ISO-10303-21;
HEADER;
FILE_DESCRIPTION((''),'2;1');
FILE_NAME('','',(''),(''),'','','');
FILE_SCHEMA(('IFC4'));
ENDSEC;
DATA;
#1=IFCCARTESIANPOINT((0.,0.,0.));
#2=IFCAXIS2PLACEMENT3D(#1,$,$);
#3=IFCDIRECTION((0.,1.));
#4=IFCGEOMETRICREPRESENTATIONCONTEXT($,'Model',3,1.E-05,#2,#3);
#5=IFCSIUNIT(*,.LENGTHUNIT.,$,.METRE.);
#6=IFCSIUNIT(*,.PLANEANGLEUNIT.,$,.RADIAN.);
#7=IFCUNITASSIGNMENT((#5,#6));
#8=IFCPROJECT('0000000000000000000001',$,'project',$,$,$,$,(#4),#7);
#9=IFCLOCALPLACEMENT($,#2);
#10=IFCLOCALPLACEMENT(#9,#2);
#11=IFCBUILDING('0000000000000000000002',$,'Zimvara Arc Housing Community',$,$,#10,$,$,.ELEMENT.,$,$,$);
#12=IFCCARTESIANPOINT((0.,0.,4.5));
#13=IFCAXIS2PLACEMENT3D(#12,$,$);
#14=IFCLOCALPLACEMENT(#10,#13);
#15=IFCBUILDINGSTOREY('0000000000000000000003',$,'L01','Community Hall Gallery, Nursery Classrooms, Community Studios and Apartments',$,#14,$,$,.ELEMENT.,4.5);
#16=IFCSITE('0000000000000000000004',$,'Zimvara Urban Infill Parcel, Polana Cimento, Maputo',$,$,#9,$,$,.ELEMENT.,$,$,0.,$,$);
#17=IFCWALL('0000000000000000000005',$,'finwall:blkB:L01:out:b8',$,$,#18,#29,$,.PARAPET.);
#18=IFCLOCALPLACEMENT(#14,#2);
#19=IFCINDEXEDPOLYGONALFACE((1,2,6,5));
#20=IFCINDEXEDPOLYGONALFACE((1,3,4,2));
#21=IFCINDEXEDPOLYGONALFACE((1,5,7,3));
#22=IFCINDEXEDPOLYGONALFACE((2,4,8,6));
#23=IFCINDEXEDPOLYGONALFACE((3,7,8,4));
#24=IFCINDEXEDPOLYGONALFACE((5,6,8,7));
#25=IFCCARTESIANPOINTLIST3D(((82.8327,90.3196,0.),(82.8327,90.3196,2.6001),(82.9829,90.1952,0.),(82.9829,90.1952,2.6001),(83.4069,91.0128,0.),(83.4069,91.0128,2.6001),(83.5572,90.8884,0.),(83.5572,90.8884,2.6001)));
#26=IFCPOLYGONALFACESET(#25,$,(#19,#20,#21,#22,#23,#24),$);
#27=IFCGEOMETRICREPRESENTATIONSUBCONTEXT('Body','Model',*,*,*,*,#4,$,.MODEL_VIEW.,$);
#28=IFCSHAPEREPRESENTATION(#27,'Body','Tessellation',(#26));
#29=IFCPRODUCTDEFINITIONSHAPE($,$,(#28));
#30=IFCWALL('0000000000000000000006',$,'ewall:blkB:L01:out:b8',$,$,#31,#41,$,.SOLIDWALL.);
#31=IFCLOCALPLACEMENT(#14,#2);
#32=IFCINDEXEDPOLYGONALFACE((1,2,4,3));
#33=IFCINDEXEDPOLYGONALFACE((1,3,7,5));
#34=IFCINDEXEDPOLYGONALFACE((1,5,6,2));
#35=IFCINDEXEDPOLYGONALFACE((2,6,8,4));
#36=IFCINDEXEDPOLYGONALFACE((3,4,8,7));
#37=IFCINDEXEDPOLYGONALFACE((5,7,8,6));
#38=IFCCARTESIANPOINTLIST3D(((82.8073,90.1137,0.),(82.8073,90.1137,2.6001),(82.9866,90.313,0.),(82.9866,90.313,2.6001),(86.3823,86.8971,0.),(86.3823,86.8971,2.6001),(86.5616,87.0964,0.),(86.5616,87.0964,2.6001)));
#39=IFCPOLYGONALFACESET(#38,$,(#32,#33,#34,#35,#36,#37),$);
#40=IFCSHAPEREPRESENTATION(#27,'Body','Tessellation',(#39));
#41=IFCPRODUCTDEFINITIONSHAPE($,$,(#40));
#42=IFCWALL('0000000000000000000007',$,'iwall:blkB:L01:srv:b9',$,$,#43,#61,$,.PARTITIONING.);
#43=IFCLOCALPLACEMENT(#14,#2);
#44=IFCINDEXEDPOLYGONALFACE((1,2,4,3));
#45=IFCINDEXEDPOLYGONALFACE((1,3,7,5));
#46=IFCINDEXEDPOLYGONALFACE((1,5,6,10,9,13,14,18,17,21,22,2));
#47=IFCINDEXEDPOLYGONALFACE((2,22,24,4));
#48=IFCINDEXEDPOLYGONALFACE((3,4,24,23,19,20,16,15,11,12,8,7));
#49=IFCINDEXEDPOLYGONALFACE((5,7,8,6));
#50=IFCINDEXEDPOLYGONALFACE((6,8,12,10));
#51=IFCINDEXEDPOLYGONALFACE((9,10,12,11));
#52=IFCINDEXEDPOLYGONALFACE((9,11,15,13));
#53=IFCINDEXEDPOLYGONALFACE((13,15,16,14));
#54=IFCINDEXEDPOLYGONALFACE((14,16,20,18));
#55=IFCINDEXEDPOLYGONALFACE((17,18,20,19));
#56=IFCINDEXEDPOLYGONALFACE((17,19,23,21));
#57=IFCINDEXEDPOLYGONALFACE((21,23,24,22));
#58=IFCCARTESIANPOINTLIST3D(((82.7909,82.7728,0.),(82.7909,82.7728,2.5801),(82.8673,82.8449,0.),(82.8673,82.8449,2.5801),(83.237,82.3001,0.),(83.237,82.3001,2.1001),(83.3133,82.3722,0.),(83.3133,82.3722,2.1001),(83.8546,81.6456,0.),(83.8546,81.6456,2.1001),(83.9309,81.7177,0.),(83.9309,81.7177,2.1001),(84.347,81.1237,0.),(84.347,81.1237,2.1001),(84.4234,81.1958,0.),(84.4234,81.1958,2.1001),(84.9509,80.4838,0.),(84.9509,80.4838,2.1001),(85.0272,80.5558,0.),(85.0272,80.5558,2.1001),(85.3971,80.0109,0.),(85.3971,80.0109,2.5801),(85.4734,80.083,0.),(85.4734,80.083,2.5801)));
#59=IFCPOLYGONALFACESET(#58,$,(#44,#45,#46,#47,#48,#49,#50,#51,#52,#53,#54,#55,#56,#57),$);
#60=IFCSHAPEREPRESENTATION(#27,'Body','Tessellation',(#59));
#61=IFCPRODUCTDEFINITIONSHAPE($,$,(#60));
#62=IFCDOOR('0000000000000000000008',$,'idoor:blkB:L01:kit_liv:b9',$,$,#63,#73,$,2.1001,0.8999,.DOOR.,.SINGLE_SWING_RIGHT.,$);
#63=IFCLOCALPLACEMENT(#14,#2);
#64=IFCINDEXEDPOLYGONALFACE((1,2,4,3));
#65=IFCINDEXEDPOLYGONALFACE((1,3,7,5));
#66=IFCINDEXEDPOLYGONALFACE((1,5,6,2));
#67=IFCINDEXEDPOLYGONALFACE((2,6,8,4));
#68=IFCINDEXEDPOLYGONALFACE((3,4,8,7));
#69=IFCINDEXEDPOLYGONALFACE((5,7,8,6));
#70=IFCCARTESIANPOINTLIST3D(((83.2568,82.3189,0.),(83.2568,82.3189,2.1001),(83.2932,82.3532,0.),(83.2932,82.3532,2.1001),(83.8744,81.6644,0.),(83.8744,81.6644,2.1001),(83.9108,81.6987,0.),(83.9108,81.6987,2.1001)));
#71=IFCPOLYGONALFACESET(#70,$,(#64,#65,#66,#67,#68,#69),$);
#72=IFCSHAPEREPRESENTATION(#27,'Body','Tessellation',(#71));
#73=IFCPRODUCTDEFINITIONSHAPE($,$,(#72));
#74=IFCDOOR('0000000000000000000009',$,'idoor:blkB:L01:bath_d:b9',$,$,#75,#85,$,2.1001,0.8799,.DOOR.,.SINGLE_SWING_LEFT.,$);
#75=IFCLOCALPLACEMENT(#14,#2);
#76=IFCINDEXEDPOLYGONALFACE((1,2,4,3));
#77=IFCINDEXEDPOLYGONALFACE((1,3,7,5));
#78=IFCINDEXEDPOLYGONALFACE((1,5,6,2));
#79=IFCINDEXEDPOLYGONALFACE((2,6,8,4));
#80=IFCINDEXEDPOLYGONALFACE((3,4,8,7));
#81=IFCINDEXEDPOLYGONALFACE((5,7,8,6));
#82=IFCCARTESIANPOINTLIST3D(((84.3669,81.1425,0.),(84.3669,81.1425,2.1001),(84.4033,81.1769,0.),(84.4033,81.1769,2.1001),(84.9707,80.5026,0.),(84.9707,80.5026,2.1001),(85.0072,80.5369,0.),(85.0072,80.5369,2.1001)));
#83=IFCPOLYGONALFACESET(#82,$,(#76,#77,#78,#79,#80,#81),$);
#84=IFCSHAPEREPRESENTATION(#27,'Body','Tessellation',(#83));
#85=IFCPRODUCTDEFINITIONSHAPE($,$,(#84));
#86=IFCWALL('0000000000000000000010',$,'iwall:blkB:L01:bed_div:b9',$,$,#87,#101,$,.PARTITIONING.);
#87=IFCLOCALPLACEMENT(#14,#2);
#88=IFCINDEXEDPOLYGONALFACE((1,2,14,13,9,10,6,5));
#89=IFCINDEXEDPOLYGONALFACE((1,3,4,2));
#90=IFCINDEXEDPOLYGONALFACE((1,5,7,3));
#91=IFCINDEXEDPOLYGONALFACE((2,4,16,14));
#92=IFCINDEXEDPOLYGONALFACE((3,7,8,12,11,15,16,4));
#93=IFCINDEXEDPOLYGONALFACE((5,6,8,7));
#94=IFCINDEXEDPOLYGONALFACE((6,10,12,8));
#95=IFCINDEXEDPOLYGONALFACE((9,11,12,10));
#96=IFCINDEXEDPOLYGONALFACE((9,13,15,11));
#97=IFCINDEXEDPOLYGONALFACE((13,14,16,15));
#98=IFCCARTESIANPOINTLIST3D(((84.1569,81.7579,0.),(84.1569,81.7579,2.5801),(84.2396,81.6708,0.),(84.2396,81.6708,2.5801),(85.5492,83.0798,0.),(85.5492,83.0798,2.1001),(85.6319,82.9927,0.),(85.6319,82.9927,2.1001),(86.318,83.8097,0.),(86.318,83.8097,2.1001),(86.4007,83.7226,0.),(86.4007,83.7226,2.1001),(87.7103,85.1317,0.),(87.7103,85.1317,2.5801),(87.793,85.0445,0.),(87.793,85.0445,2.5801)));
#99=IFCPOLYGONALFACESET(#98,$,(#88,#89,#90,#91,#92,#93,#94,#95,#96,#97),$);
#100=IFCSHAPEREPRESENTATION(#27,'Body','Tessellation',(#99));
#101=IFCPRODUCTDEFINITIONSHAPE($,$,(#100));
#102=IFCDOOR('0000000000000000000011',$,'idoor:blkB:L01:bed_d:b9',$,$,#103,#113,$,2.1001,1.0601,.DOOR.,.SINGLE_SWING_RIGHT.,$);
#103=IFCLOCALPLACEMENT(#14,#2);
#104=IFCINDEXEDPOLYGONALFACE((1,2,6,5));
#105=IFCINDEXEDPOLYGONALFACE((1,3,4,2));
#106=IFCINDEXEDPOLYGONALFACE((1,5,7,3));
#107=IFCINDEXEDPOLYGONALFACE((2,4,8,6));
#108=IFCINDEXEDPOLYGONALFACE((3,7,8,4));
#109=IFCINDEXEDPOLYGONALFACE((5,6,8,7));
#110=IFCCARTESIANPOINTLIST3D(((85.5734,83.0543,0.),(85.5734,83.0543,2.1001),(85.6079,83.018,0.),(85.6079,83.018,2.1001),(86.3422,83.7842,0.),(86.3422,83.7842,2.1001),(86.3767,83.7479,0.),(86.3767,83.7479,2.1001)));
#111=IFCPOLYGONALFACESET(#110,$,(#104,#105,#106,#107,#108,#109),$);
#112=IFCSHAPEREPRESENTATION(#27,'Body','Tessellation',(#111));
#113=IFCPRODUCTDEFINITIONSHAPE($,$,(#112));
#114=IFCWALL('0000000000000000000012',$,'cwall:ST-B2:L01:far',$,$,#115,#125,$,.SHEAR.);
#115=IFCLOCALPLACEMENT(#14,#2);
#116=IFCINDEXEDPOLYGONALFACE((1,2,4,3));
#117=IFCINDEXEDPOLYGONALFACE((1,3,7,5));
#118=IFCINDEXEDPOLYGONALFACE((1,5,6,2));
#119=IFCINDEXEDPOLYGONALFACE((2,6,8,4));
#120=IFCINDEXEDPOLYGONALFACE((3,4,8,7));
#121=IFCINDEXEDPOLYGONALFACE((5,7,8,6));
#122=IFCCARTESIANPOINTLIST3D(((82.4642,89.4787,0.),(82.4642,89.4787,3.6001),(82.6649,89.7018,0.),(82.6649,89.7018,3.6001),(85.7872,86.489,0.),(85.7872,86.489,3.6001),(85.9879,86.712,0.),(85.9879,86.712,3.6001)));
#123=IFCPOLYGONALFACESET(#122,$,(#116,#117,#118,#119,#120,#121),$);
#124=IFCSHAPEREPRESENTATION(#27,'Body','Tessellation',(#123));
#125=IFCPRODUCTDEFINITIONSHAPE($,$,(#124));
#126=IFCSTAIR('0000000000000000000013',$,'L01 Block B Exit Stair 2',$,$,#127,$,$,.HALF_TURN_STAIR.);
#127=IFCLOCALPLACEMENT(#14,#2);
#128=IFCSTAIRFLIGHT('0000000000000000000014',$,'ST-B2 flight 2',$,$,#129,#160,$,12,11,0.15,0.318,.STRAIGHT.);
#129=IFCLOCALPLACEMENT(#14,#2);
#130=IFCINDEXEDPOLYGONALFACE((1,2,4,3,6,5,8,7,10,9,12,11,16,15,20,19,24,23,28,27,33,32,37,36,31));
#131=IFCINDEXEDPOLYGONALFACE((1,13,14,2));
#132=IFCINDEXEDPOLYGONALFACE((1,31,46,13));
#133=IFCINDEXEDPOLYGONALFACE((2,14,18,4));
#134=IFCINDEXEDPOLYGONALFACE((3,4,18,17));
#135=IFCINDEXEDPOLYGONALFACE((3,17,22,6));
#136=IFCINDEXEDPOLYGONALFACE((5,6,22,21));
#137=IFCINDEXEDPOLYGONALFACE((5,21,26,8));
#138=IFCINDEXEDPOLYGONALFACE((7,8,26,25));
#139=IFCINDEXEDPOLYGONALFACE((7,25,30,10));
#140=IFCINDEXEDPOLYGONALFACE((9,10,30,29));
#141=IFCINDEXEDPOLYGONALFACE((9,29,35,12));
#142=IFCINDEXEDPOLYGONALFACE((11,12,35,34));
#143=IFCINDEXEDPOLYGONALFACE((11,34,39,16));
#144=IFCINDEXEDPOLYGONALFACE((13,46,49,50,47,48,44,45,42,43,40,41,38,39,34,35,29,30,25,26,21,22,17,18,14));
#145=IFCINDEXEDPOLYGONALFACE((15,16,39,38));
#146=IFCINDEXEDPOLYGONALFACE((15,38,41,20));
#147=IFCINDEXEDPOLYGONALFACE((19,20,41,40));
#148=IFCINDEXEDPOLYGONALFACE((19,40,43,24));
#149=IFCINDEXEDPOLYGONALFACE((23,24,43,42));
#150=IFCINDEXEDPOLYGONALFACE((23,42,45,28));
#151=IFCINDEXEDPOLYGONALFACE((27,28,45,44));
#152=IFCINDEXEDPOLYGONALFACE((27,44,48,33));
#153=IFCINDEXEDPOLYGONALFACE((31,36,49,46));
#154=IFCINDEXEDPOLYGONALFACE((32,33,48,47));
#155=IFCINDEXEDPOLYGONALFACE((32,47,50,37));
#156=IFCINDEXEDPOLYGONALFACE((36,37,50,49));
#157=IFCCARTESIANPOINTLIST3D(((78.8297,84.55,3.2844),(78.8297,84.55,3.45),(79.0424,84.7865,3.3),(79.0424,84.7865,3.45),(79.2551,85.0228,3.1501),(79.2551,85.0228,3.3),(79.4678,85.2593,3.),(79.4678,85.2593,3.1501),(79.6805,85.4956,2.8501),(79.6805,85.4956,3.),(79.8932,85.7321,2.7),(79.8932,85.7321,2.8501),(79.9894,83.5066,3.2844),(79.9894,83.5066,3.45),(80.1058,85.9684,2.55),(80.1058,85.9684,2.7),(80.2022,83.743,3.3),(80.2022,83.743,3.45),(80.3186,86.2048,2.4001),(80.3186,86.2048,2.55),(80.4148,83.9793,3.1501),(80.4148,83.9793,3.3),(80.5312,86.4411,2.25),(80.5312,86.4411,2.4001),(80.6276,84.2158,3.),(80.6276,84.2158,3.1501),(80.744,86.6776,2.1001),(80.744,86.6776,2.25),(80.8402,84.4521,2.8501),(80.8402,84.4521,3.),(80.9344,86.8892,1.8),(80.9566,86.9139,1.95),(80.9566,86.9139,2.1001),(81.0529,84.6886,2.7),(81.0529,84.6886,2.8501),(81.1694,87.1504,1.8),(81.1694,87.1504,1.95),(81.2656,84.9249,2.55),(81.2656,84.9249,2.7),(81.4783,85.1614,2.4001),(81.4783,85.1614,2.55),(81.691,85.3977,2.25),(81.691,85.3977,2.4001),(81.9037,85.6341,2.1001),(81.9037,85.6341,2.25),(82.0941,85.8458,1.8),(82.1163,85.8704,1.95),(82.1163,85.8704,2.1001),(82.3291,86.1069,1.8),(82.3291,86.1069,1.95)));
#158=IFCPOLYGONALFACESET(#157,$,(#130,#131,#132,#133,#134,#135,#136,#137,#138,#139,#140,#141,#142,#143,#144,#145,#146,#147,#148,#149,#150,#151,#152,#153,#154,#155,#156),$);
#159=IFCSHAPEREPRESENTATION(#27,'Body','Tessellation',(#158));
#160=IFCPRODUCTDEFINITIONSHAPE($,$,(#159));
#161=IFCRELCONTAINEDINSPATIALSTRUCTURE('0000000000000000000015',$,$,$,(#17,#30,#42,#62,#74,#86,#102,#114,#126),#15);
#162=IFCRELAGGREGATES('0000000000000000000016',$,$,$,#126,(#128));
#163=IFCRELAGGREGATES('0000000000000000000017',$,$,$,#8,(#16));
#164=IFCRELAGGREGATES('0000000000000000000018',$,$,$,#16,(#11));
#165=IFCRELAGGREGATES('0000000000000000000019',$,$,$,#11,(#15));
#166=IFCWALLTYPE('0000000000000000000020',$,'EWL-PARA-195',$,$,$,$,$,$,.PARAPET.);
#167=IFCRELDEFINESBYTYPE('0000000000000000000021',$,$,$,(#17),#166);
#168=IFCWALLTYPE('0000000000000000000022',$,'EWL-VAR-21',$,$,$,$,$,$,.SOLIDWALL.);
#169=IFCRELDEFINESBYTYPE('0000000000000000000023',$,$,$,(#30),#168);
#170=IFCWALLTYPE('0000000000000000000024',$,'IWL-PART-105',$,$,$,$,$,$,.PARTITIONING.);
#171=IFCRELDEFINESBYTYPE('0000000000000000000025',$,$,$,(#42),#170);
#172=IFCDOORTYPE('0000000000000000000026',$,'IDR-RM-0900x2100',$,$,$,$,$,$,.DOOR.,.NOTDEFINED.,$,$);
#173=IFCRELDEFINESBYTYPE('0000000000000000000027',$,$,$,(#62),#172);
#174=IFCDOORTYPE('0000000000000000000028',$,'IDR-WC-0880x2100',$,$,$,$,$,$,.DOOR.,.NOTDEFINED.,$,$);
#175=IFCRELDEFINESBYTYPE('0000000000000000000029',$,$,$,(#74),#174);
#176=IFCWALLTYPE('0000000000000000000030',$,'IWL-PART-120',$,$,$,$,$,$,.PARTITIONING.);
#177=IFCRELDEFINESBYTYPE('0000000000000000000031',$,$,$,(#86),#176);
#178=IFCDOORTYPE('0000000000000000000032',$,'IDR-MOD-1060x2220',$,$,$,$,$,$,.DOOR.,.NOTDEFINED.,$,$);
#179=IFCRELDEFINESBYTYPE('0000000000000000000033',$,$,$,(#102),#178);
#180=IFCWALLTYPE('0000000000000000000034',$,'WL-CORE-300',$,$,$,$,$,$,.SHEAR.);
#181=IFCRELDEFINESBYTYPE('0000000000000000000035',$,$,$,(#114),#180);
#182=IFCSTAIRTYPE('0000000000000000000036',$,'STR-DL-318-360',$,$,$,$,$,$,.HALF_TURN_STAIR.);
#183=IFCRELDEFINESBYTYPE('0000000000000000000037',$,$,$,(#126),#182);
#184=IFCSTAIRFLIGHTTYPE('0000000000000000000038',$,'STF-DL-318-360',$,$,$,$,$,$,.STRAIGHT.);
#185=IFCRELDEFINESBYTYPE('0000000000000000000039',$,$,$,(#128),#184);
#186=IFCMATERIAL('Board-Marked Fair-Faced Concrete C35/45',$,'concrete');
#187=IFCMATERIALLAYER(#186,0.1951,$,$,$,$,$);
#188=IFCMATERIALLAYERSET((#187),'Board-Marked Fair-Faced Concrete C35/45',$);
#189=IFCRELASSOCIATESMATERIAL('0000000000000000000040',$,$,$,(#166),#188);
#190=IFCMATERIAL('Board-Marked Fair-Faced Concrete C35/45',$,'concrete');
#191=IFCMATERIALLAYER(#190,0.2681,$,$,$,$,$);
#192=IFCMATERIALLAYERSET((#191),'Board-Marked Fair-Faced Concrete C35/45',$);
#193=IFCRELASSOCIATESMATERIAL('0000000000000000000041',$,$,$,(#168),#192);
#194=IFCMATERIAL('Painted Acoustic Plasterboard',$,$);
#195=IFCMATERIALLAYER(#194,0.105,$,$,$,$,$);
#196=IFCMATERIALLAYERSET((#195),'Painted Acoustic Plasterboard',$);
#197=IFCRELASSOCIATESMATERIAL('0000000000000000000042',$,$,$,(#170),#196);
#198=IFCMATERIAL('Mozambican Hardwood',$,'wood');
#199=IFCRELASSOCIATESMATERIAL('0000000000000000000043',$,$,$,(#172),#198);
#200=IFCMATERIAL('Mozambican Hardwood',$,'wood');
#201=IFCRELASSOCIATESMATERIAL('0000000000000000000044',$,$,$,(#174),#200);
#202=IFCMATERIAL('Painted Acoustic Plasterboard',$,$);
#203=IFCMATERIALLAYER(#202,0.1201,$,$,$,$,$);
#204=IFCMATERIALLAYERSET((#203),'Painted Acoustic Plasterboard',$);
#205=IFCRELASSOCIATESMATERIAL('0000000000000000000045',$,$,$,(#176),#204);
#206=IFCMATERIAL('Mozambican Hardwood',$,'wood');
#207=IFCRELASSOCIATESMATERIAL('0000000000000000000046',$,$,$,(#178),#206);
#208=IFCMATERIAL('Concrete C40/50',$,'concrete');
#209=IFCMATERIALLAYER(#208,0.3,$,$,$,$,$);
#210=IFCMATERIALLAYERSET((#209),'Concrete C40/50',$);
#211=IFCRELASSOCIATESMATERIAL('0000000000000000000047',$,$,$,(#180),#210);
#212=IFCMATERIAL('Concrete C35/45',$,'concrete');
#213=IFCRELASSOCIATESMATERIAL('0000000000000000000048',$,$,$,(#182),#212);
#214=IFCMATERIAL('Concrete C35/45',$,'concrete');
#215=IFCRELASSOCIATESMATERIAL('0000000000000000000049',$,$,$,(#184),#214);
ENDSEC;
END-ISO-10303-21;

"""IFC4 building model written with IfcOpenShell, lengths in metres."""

from ifc_helpers import new_model, si_unit, direction, frame, frame_2d, origin, place, context, subcontext, project, spatial, polyline, rectangle, outline, extrude, material, layer, layer_set, type_object, element, fill, aggregate, save


model = new_model("IFC4")

# Units and contexts
model_context = context("Model", 3, precision=1e-05, world=origin(), true_north=direction((0.0, 1.0)))
body_context = subcontext(model_context, "Body", "Model", "MODEL_VIEW")
ifc_project = project(units=[si_unit("LENGTHUNIT", "METRE"), si_unit("PLANEANGLEUNIT", "RADIAN")], contexts=[model_context])

# Site, building, storey
site_placement = place(None, origin())
site = spatial("IfcSite", under=ifc_project, at=site_placement, Name="Zimvara Urban Infill Parcel, Polana Cimento, Maputo", CompositionType="ELEMENT", RefElevation=0.0)
building_placement = place(site_placement, origin())
building = spatial("IfcBuilding", under=site, at=building_placement, Name="Zimvara Arc Housing Community", CompositionType="ELEMENT")
storey_placement = place(building_placement, frame((0.0, 0.0, 4.5)))
storey = spatial("IfcBuildingStorey", under=building, at=storey_placement, Name="L01", Description="Community Hall Gallery, Nursery Classrooms, Community Studios and Apartments", CompositionType="ELEMENT", Elevation=4.5)

# Walls
ifc_material_1 = material(Name="Board-Marked Fair-Faced Concrete C35/45", Category="concrete")
ifc_layer_1 = layer(ifc_material_1, 0.1951)
ifc_layer_set_1 = layer_set([ifc_layer_1], Name="Board-Marked Fair-Faced Concrete C35/45")
wall_type_1 = type_object("IfcWallType", Name="EWL-PARA-195", PredefinedType="PARAPET", material=ifc_layer_set_1)
wall_1_placement = place(storey_placement, frame((82.9077, 90.2573, 0.0), z_axis=(0.0, 0.0, 1.0), x_axis=(0.637967, 0.770063, 0.0)))
element("IfcWall", 1, at=wall_1_placement, inside=storey, type_object=wall_type_1, Name="finwall:blkB:L01:out:b8", PredefinedType="PARAPET", context=body_context, shape_type="SweptSolid", body=[
    extrude(rectangle(XDim=0.9001, YDim=0.1951, at=frame_2d((0.4502, 0.0))), origin(), (0.0, 0.0, 1.0), 2.6001),
])
ifc_material_2 = material(Name="Board-Marked Fair-Faced Concrete C35/45", Category="concrete")
ifc_layer_2 = layer(ifc_material_2, 0.2681)
ifc_layer_set_2 = layer_set([ifc_layer_2], Name="Board-Marked Fair-Faced Concrete C35/45")
wall_type_2 = type_object("IfcWallType", Name="EWL-VAR-21", PredefinedType="SOLIDWALL", material=ifc_layer_set_2)
wall_2_placement = place(storey_placement, frame((82.897, 90.2134, 0.0), z_axis=(0.0, 0.0, 1.0), x_axis=(0.743388, -0.668861, 0.0)))
element("IfcWall", 2, at=wall_2_placement, inside=storey, type_object=wall_type_2, Name="ewall:blkB:L01:out:b8", PredefinedType="SOLIDWALL", context=body_context, shape_type="SweptSolid", body=[
    extrude(rectangle(XDim=4.8091, YDim=0.2681, at=frame_2d((2.4045, 0.0))), origin(), (0.0, 0.0, 1.0), 2.6001),
])

# Wall, openings, doors
ifc_material_3 = material(Name="Painted Acoustic Plasterboard")
ifc_layer_3 = layer(ifc_material_3, 0.105)
ifc_layer_set_3 = layer_set([ifc_layer_3], Name="Painted Acoustic Plasterboard")
wall_type_3 = type_object("IfcWallType", Name="IWL-PART-105", PredefinedType="PARTITIONING", material=ifc_layer_set_3)
wall_3_placement = place(storey_placement, frame((82.8291, 82.8088, 0.0), z_axis=(0.0, 0.0, 1.0), x_axis=(0.686301, -0.727318, 0.0)))
wall_3 = element("IfcWall", 3, at=wall_3_placement, inside=storey, type_object=wall_type_3, Name="iwall:blkB:L01:srv:b9", PredefinedType="PARTITIONING", context=body_context, shape_type="SweptSolid", body=[
    extrude(rectangle(XDim=3.7974, YDim=0.105, at=frame_2d((1.8987, 0.0))), origin(), (0.0, 0.0, 1.0), 2.5801),
])
opening_1_placement = place(wall_3_placement, frame((0.6499, 0.0, 0.0)))
opening_1 = element("IfcOpeningElement", 4, at=opening_1_placement, cuts=wall_3, PredefinedType="OPENING", context=body_context, shape_type="SweptSolid", body=[
    extrude(rectangle(XDim=0.8999, YDim=2.1001, at=frame_2d((0.45, 1.05))), frame((0.0, 0.0625, 0.0), z_axis=(0.0, -1.0, 0.0), x_axis=(1.0, 0.0, 0.0)), (0.0, 0.0, 1.0), 0.125),
])
opening_2_placement = place(wall_3_placement, frame((2.2673, 0.0, 0.0)))
opening_2 = element("IfcOpeningElement", 5, at=opening_2_placement, cuts=wall_3, PredefinedType="OPENING", context=body_context, shape_type="SweptSolid", body=[
    extrude(rectangle(XDim=0.8799, YDim=2.1001, at=frame_2d((0.4399, 1.05))), frame((0.0, 0.0625, 0.0), z_axis=(0.0, -1.0, 0.0), x_axis=(1.0, 0.0, 0.0)), (0.0, 0.0, 1.0), 0.125),
])
ifc_material_4 = material(Name="Mozambican Hardwood", Category="wood")
door_type_1 = type_object("IfcDoorType", Name="IDR-RM-0900x2100", OperationType="NOTDEFINED", PredefinedType="DOOR", material=ifc_material_4)
door_1_placement = place(opening_1_placement, origin())
door_1 = element("IfcDoor", 6, at=door_1_placement, inside=storey, type_object=door_type_1, Name="idoor:blkB:L01:kit_liv:b9", OperationType="SINGLE_SWING_RIGHT", OverallHeight=2.1001, OverallWidth=0.8999, PredefinedType="DOOR", context=body_context, shape_type="SweptSolid", body=[
    extrude(rectangle(XDim=0.8999, YDim=2.1001, at=frame_2d((0.45, 1.05))), frame((0.0, 0.0249, 0.0), z_axis=(0.0, -1.0, 0.0), x_axis=(1.0, 0.0, 0.0)), (0.0, 0.0, 1.0), 0.05),
])
fill(opening_1, door_1)
ifc_material_5 = material(Name="Mozambican Hardwood", Category="wood")
door_type_2 = type_object("IfcDoorType", Name="IDR-WC-0880x2100", OperationType="NOTDEFINED", PredefinedType="DOOR", material=ifc_material_5)
door_2_placement = place(opening_2_placement, origin())
door_2 = element("IfcDoor", 7, at=door_2_placement, inside=storey, type_object=door_type_2, Name="idoor:blkB:L01:bath_d:b9", OperationType="SINGLE_SWING_LEFT", OverallHeight=2.1001, OverallWidth=0.8799, PredefinedType="DOOR", context=body_context, shape_type="SweptSolid", body=[
    extrude(rectangle(XDim=0.8799, YDim=2.1001, at=frame_2d((0.4399, 1.05))), frame((0.0, 0.0249, 0.0), z_axis=(0.0, -1.0, 0.0), x_axis=(1.0, 0.0, 0.0)), (0.0, 0.0, 1.0), 0.05),
])
fill(opening_2, door_2)

# Wall, opening, door
ifc_material_6 = material(Name="Painted Acoustic Plasterboard")
ifc_layer_4 = layer(ifc_material_6, 0.1201)
ifc_layer_set_4 = layer_set([ifc_layer_4], Name="Painted Acoustic Plasterboard")
wall_type_4 = type_object("IfcWallType", Name="IWL-PART-120", PredefinedType="PARTITIONING", material=ifc_layer_set_4)
wall_4_placement = place(storey_placement, frame((84.1982, 81.7144, 0.0), z_axis=(0.0, 0.0, 1.0), x_axis=(0.725205, 0.688533, 0.0)))
wall_4 = element("IfcWall", 8, at=wall_4_placement, inside=storey, type_object=wall_type_4, Name="iwall:blkB:L01:bed_div:b9", PredefinedType="PARTITIONING", context=body_context, shape_type="SweptSolid", body=[
    extrude(rectangle(XDim=4.8999, YDim=0.1201, at=frame_2d((2.45, 0.0))), origin(), (0.0, 0.0, 1.0), 2.5801),
])
opening_3_placement = place(wall_4_placement, frame((1.9199, 0.0, 0.0)))
opening_3 = element("IfcOpeningElement", 9, at=opening_3_placement, cuts=wall_4, PredefinedType="OPENING", context=body_context, shape_type="SweptSolid", body=[
    extrude(rectangle(XDim=1.0601, YDim=2.1001, at=frame_2d((0.53, 1.05))), frame((0.0, 0.0701, 0.0), z_axis=(0.0, -1.0, 0.0), x_axis=(1.0, 0.0, 0.0)), (0.0, 0.0, 1.0), 0.1401),
])
ifc_material_7 = material(Name="Mozambican Hardwood", Category="wood")
door_type_3 = type_object("IfcDoorType", Name="IDR-MOD-1060x2220", OperationType="NOTDEFINED", PredefinedType="DOOR", material=ifc_material_7)
door_3_placement = place(opening_3_placement, origin())
door_3 = element("IfcDoor", 10, at=door_3_placement, inside=storey, type_object=door_type_3, Name="idoor:blkB:L01:bed_d:b9", OperationType="SINGLE_SWING_RIGHT", OverallHeight=2.1001, OverallWidth=1.0601, PredefinedType="DOOR", context=body_context, shape_type="SweptSolid", body=[
    extrude(rectangle(XDim=1.0601, YDim=2.1001, at=frame_2d((0.53, 1.05))), frame((0.0, 0.0249, 0.0), z_axis=(0.0, -1.0, 0.0), x_axis=(1.0, 0.0, 0.0)), (0.0, 0.0, 1.0), 0.05),
])
fill(opening_3, door_3)

# Wall
ifc_material_8 = material(Name="Concrete C40/50", Category="concrete")
ifc_layer_5 = layer(ifc_material_8, 0.3)
ifc_layer_set_5 = layer_set([ifc_layer_5], Name="Concrete C40/50")
wall_type_5 = type_object("IfcWallType", Name="WL-CORE-300", PredefinedType="SHEAR", material=ifc_layer_set_5)
wall_5_placement = place(storey_placement, frame((85.8875, 86.6006, 0.0), z_axis=(0.0, 0.0, 1.0), x_axis=(-0.7434, 0.668847, 0.0)))
element("IfcWall", 11, at=wall_5_placement, inside=storey, type_object=wall_type_5, Name="cwall:ST-B2:L01:far", PredefinedType="SHEAR", context=body_context, shape_type="SweptSolid", body=[
    extrude(rectangle(XDim=4.47, YDim=0.3, at=frame_2d((2.2349, 0.0))), origin(), (0.0, 0.0, 1.0), 3.6001),
])

# Stair, stair flight
ifc_material_9 = material(Name="Concrete C35/45", Category="concrete")
stair_type = type_object("IfcStairType", Name="STR-DL-318-360", PredefinedType="HALF_TURN_STAIR", material=ifc_material_9)
stair_placement = place(storey_placement, origin())
stair = element("IfcStair", 12, at=stair_placement, inside=storey, type_object=stair_type, Name="L01 Block B Exit Stair 2", PredefinedType="HALF_TURN_STAIR")
ifc_material_10 = material(Name="Concrete C35/45", Category="concrete")
stair_flight_type = type_object("IfcStairFlightType", Name="STF-DL-318-360", PredefinedType="STRAIGHT", material=ifc_material_10)
stair_flight_placement = place(storey_placement, frame((81.7493, 86.6287, 1.8), z_axis=(0.0, 0.0, 1.0), x_axis=(-0.668871, -0.743378, 0.0)))
stair_flight = element("IfcStairFlight", 13, at=stair_flight_placement, type_object=stair_flight_type, Name="ST-B2 flight 2", NumberOfRisers=12, NumberOfTreads=11, PredefinedType="STRAIGHT", RiserHeight=0.15, TreadLength=0.318, context=body_context, shape_type="SweptSolid", body=[
    extrude(outline(polyline([(0.0, 0.0), (0.0, 0.1499), (0.3181, 0.1499), (0.3181, 0.3), (0.636, 0.3), (0.636, 0.45), (0.9541, 0.45), (0.9541, 0.6001), (1.272, 0.6001), (1.272, 0.75), (1.5901, 0.75), (1.5901, 0.8999), (1.908, 0.8999), (1.908, 1.05), (2.2261, 1.05), (2.2261, 1.2), (2.5439, 1.2), (2.5439, 1.3501), (2.8621, 1.3501), (2.8621, 1.5), (3.1799, 1.5), (3.1799, 1.6499), (3.498, 1.6499), (3.498, 1.8), (3.498, 1.4844), (0.3513, 0.0), (0.0, 0.0)])), frame((0.0, 0.78, 0.0), z_axis=(0.0, -1.0, 0.0), x_axis=(1.0, 0.0, 0.0)), (0.0, 0.0, 1.0), 1.5601),
])
aggregate(stair, [stair_flight])

save(model, "model.ifc")
